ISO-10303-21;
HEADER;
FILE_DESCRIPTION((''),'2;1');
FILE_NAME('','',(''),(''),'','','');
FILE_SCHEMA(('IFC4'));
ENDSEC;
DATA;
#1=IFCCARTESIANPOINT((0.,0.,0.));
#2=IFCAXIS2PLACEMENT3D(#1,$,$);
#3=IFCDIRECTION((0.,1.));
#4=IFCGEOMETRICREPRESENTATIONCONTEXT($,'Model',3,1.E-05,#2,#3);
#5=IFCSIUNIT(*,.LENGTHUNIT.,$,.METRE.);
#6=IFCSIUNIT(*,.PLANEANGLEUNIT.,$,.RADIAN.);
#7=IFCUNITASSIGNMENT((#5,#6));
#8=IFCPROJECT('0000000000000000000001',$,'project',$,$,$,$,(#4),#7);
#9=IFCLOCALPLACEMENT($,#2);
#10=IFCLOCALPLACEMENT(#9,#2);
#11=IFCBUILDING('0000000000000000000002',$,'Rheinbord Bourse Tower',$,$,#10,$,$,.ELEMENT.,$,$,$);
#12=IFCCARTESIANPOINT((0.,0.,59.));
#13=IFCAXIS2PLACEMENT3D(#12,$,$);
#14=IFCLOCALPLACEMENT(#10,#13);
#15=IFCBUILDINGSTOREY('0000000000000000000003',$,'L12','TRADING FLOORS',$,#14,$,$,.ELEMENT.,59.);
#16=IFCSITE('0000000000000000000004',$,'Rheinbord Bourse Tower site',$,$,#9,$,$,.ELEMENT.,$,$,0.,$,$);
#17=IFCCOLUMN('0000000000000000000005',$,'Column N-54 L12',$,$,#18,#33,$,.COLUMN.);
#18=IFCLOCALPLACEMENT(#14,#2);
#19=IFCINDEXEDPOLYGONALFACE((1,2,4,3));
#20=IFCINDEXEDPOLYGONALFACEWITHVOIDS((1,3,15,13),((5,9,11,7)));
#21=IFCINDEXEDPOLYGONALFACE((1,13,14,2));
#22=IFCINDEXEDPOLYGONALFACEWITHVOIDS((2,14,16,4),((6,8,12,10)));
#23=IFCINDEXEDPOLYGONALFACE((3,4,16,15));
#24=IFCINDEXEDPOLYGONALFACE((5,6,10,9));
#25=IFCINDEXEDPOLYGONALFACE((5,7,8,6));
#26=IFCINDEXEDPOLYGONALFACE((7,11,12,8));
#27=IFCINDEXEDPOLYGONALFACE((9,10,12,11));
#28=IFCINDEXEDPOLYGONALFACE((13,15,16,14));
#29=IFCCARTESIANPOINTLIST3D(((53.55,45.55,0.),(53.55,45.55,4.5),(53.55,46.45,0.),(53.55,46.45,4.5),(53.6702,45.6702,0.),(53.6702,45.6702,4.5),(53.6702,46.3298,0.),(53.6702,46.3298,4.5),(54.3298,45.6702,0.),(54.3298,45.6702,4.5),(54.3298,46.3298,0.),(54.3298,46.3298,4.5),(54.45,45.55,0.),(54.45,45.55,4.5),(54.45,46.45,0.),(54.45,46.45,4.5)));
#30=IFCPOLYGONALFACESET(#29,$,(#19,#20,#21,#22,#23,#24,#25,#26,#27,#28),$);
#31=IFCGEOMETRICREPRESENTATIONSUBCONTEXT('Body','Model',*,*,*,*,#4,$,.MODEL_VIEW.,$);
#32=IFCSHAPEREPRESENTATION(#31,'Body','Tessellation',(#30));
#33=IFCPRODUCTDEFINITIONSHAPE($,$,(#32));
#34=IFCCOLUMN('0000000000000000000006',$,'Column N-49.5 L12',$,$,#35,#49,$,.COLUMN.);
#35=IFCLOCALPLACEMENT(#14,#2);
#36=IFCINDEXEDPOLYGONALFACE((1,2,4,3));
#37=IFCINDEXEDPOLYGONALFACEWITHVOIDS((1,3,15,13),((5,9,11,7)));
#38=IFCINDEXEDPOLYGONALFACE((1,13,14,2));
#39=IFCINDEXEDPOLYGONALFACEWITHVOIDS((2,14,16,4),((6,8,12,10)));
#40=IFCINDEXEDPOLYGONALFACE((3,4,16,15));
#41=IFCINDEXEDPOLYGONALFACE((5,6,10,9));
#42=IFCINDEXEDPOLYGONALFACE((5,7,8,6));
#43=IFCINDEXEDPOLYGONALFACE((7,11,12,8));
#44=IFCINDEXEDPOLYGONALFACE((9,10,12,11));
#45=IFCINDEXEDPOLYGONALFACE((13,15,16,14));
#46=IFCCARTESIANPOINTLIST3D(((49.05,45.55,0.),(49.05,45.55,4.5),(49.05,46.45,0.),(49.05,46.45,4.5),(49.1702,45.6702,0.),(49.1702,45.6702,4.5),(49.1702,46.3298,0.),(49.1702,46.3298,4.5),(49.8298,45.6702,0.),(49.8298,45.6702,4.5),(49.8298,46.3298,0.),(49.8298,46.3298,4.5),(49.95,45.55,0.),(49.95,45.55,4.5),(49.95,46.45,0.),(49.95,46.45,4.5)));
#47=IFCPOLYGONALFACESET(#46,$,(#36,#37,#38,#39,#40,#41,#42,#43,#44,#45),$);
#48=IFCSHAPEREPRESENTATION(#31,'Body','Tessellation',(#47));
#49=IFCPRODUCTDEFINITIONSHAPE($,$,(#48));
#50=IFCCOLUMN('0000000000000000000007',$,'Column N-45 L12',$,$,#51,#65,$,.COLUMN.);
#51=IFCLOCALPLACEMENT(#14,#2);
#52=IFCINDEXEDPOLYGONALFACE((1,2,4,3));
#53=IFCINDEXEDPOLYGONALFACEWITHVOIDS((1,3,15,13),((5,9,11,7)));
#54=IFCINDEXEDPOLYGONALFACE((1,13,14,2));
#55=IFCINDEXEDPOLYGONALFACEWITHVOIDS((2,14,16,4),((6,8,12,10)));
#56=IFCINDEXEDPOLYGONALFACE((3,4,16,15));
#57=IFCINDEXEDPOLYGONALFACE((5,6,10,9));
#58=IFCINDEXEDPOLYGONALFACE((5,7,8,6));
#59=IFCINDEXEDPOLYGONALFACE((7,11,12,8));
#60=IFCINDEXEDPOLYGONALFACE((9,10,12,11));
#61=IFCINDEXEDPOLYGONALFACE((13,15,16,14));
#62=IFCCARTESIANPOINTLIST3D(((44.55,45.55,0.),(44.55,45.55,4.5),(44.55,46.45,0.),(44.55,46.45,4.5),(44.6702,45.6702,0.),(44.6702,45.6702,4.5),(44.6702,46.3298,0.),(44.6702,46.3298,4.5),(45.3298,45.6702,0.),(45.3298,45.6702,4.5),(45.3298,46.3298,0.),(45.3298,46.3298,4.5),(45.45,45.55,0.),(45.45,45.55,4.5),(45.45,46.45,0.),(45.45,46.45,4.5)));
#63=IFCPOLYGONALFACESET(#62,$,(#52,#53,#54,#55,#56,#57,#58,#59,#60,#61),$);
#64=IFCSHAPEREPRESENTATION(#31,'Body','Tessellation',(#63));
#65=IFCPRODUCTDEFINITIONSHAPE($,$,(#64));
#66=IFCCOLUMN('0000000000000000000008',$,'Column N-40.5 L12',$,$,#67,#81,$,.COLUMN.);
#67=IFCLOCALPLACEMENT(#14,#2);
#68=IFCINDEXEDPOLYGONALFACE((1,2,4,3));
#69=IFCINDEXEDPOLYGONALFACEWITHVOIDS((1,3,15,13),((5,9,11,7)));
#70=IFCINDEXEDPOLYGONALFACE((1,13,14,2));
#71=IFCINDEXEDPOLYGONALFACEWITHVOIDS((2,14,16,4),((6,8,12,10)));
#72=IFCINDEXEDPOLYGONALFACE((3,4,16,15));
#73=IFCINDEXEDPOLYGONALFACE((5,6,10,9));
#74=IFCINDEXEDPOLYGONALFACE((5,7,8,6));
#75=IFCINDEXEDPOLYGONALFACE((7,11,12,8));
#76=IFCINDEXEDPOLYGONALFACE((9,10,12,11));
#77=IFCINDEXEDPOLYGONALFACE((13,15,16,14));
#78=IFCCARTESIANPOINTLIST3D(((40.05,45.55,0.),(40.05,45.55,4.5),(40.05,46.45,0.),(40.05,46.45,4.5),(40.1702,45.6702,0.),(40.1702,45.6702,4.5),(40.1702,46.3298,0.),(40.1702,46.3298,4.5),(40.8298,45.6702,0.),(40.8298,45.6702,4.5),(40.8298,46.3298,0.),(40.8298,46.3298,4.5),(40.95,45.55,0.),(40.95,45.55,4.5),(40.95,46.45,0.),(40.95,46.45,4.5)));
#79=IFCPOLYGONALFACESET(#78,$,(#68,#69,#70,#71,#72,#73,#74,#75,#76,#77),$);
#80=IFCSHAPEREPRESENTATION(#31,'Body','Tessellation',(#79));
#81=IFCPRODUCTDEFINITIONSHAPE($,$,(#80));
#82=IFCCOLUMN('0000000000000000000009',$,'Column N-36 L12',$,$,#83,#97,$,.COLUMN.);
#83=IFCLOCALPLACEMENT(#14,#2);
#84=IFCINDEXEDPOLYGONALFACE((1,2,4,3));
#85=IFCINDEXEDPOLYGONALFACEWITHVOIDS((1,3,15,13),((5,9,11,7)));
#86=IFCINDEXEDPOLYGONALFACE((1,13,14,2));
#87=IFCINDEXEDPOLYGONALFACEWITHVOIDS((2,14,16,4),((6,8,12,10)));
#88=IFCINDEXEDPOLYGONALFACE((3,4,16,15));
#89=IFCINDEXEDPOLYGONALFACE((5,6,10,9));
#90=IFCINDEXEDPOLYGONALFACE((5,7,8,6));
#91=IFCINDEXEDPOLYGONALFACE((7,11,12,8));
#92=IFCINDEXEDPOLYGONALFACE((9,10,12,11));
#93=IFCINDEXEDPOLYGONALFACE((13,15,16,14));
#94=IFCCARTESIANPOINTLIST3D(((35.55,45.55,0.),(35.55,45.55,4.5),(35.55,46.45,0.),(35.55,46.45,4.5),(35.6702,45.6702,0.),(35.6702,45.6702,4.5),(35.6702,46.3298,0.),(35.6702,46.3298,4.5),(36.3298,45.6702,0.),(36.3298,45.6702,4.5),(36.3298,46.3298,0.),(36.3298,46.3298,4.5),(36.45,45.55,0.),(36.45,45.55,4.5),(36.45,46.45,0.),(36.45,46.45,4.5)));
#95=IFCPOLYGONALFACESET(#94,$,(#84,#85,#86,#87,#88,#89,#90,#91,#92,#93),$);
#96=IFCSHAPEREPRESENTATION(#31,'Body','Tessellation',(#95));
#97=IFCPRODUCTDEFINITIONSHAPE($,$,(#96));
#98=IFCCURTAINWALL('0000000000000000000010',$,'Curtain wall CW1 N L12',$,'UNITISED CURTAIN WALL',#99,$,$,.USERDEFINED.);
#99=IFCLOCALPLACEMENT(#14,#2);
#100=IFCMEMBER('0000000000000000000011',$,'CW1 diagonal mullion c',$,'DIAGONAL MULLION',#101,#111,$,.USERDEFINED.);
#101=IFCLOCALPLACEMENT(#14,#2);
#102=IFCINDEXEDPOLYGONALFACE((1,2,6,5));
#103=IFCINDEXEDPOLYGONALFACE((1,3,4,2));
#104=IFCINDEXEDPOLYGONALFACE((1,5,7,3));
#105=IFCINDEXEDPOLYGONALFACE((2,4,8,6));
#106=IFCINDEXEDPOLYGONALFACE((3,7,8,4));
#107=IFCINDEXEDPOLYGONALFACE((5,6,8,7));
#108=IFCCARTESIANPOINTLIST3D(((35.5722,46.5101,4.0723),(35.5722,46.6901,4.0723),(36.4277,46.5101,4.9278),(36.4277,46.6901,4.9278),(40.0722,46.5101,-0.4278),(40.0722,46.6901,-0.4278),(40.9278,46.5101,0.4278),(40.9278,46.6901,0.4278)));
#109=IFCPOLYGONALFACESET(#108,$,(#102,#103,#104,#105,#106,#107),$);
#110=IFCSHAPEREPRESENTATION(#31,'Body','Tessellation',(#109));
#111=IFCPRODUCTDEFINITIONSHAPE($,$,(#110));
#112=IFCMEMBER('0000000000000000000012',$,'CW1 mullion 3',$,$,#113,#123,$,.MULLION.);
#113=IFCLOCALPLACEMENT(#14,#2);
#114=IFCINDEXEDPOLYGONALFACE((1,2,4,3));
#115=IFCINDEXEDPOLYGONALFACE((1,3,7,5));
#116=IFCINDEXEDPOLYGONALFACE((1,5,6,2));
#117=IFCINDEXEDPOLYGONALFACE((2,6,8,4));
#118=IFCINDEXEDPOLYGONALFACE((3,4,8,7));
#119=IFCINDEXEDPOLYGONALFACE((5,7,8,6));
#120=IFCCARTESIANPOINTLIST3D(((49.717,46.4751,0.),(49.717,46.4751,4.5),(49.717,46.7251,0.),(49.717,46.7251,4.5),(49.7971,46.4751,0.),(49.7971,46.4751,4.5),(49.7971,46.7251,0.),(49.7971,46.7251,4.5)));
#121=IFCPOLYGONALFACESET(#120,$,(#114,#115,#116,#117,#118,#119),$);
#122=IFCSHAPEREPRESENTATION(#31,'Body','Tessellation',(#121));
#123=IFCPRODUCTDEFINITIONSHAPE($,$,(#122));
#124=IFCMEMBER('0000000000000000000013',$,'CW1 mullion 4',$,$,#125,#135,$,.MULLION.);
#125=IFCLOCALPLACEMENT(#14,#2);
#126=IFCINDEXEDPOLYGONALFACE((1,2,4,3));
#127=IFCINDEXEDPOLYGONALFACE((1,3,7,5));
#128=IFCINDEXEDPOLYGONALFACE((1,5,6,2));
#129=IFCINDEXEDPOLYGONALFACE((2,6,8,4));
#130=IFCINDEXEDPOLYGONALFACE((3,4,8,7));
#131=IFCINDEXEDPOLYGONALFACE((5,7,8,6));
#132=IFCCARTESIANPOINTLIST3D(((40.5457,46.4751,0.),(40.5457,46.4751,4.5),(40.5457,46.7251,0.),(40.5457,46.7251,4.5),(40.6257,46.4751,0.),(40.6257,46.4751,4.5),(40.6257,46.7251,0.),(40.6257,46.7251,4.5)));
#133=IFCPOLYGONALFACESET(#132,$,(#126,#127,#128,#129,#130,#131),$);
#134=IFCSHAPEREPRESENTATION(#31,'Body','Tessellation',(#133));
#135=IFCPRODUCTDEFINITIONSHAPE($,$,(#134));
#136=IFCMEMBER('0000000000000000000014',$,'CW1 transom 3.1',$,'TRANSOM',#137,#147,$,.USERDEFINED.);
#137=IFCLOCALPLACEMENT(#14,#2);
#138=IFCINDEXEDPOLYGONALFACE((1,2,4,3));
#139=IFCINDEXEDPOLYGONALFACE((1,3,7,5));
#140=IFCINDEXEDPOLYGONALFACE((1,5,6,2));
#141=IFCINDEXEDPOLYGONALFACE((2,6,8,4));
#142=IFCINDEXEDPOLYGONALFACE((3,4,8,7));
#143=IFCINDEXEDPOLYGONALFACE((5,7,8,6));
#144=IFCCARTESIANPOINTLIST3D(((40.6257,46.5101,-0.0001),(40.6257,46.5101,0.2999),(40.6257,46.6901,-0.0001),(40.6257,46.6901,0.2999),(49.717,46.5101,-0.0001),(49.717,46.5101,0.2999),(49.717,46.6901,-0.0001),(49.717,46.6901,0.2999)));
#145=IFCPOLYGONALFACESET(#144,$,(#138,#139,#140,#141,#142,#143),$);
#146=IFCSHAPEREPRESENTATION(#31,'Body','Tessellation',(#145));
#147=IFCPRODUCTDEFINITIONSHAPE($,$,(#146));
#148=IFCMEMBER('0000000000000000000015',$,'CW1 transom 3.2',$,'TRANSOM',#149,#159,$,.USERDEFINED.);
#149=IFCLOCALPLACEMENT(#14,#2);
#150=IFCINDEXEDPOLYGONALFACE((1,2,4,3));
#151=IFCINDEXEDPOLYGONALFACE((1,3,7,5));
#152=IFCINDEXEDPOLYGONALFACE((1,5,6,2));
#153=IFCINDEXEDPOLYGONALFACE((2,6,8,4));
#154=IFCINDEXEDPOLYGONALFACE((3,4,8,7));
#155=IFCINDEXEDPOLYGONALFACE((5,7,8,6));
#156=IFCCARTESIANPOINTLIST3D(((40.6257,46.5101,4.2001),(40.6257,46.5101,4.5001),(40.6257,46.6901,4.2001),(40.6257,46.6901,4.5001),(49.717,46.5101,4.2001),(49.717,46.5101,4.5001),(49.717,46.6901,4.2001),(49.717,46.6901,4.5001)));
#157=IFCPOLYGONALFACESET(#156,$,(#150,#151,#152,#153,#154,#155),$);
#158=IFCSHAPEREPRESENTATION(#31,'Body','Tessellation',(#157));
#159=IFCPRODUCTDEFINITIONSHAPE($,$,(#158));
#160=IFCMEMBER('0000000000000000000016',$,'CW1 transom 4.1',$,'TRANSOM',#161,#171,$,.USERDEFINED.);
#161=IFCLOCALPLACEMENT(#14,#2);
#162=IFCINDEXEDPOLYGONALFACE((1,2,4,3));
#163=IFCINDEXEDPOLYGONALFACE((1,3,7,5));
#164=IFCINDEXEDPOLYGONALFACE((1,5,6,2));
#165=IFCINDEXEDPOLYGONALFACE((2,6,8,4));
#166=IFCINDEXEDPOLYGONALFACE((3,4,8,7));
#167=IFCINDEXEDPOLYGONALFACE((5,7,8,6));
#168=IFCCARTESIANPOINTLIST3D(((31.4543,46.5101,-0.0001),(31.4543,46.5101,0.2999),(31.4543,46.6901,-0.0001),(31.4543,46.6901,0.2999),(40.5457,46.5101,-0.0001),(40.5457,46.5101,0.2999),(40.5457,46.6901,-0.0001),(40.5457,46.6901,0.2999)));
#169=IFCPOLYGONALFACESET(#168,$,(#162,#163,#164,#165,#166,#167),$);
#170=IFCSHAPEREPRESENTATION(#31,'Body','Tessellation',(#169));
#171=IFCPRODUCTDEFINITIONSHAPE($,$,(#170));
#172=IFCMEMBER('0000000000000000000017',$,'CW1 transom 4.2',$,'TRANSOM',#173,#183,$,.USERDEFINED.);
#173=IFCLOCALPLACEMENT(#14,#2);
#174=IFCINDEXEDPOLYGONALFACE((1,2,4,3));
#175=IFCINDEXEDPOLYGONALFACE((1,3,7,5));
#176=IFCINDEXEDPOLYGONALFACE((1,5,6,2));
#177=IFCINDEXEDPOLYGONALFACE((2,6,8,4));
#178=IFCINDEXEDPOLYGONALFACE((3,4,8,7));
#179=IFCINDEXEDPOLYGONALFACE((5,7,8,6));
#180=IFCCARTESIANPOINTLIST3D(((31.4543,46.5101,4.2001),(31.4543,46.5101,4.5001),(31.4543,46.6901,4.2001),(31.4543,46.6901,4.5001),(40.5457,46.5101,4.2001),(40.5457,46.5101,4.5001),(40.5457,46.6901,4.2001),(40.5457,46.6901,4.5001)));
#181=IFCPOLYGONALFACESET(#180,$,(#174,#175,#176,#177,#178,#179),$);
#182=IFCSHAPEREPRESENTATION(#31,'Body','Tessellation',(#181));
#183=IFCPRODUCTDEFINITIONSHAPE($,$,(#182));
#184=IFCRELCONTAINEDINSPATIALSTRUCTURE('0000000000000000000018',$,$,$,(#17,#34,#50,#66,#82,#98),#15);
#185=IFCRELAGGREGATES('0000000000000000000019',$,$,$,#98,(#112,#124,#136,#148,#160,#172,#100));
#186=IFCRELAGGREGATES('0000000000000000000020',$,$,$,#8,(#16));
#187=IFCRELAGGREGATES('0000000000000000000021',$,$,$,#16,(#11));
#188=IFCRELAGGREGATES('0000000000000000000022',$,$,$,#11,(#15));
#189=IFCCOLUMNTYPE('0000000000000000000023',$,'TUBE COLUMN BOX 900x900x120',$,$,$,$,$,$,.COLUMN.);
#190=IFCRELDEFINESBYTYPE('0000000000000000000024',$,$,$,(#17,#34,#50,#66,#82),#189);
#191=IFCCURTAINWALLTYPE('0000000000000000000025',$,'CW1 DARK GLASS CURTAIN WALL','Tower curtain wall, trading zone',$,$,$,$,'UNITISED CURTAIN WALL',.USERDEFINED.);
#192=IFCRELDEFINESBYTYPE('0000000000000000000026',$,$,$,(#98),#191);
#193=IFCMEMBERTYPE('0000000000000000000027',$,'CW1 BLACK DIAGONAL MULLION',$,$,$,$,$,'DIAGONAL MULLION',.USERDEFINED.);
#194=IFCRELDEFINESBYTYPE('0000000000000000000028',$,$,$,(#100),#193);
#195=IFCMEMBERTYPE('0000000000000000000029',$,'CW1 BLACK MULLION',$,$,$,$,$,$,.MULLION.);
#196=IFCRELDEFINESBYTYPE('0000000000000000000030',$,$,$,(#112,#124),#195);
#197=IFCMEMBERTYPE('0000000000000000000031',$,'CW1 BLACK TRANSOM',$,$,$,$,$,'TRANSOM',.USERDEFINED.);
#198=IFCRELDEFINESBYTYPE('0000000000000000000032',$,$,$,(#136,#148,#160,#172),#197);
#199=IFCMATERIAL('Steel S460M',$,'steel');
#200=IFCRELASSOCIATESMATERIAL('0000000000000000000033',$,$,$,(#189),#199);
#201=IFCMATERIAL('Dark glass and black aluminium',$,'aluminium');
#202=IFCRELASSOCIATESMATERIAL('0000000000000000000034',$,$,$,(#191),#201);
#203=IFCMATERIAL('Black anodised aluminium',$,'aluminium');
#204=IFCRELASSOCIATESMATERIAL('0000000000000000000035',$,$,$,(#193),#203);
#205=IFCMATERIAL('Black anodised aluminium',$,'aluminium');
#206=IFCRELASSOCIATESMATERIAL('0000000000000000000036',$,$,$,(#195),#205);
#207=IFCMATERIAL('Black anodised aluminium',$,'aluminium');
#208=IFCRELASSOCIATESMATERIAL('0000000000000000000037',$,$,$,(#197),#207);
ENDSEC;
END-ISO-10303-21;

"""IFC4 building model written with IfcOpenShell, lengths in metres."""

from ifc_helpers import new_model, si_unit, direction, frame, origin, origin_2d, place, context, subcontext, project, spatial, rectangle, hollow_rectangle, extrude, material, material_profile, profile_set, type_object, element, aggregate, save


model = new_model("IFC4")

# Units and contexts
model_context = context("Model", 3, precision=1e-05, world=origin(), true_north=direction((0.0, 1.0)))
body_context = subcontext(model_context, "Body", "Model", "MODEL_VIEW")
ifc_project = project(units=[si_unit("LENGTHUNIT", "METRE"), si_unit("PLANEANGLEUNIT", "RADIAN")], contexts=[model_context])

# Site, building, storey
site_placement = place(None, origin())
site = spatial("IfcSite", under=ifc_project, at=site_placement, Name="Rheinbord Bourse Tower site", CompositionType="ELEMENT", RefElevation=0.0)
building_placement = place(site_placement, origin())
building = spatial("IfcBuilding", under=site, at=building_placement, Name="Rheinbord Bourse Tower", CompositionType="ELEMENT")
storey_placement = place(building_placement, frame((0.0, 0.0, 59.0)))
storey = spatial("IfcBuildingStorey", under=building, at=storey_placement, Name="L12", Description="TRADING FLOORS", CompositionType="ELEMENT", Elevation=59.0)

# Columns
ifc_material_1 = material(Name="Steel S460M", Category="steel")
ifc_material_profile_1 = material_profile(ifc_material_1, hollow_rectangle(XDim=0.8999, YDim=0.8999, WallThickness=0.1201, at=origin_2d()), Name="BOX 900x900x120")
ifc_profile_set_1 = profile_set([ifc_material_profile_1], Name="Steel S460M")
column_type = type_object("IfcColumnType", Name="TUBE COLUMN BOX 900x900x120", PredefinedType="COLUMN", material=ifc_profile_set_1)
for number, where, z_axis, x_axis, name in (
    (1, (54.0, 46.0, 0.0), (0.0, 0.0, 1.0), (0.0, 1.0, 0.0), "Column N-54 L12"),
    (2, (49.5, 46.0, 0.0), (0.0, 0.0, 1.0), (0.0, 1.0, 0.0), "Column N-49.5 L12"),
    (3, (45.0, 46.0, 0.0), (0.0, 0.0, 1.0), (0.0, 1.0, 0.0), "Column N-45 L12"),
    (4, (40.5, 46.0, 0.0), (0.0, 0.0, 1.0), (0.0, 1.0, 0.0), "Column N-40.5 L12"),
    (5, (36.0, 46.0, 0.0), (0.0, 0.0, 1.0), (0.0, 1.0, 0.0), "Column N-36 L12"),
):
    element("IfcColumn", number, at=place(storey_placement, frame(where, z_axis=z_axis, x_axis=x_axis)), inside=storey, type_object=column_type, Name=name, PredefinedType="COLUMN", context=body_context, shape_type="SweptSolid", body=[
        extrude(hollow_rectangle(XDim=0.8999, YDim=0.8999, WallThickness=0.1201, at=origin_2d()), origin(), (0.0, 0.0, 1.0), 4.5),
    ])

# Curtain wall, members
ifc_material_2 = material(Name="Dark glass and black aluminium", Category="aluminium")
curtain_wall_type = type_object("IfcCurtainWallType", Name="CW1 DARK GLASS CURTAIN WALL", Description="Tower curtain wall, trading zone", ElementType="UNITISED CURTAIN WALL", PredefinedType="USERDEFINED", material=ifc_material_2)
curtain_wall_placement = place(storey_placement, origin())
curtain_wall = element("IfcCurtainWall", 6, at=curtain_wall_placement, inside=storey, type_object=curtain_wall_type, Name="Curtain wall CW1 N L12", ObjectType="UNITISED CURTAIN WALL", PredefinedType="USERDEFINED")
ifc_material_3 = material(Name="Black anodised aluminium", Category="aluminium")
ifc_material_profile_2 = material_profile(ifc_material_3, rectangle(XDim=0.1799, YDim=1.21, at=origin_2d()), Name="CW1 DIAGONAL MULLION 1210x180")
ifc_profile_set_2 = profile_set([ifc_material_profile_2], Name="Black anodised aluminium")
member_type_1 = type_object("IfcMemberType", Name="CW1 BLACK DIAGONAL MULLION", ElementType="DIAGONAL MULLION", PredefinedType="USERDEFINED", material=ifc_profile_set_2)
member_1_placement = place(storey_placement, frame((40.5, 46.6001, 0.0), z_axis=(-0.707107, 0.0, 0.707107), x_axis=(0.0, -1.0, 0.0)))
member_1 = element("IfcMember", 7, at=member_1_placement, type_object=member_type_1, Name="CW1 diagonal mullion c", ObjectType="DIAGONAL MULLION", PredefinedType="USERDEFINED", context=body_context, shape_type="SweptSolid", body=[
    extrude(rectangle(XDim=0.1799, YDim=1.21, at=origin_2d()), origin(), (0.0, 0.0, 1.0), 6.364),
])
ifc_material_4 = material(Name="Black anodised aluminium", Category="aluminium")
ifc_material_profile_3 = material_profile(ifc_material_4, rectangle(XDim=0.25, YDim=0.0801, at=origin_2d()), Name="CW1 MULLION 80x250")
ifc_profile_set_3 = profile_set([ifc_material_profile_3], Name="Black anodised aluminium")
member_type_2 = type_object("IfcMemberType", Name="CW1 BLACK MULLION", PredefinedType="MULLION", material=ifc_profile_set_3)
member_2_placement = place(storey_placement, frame((49.7571, 46.6001, 0.0), z_axis=(0.0, 0.0, 1.0), x_axis=(0.0, -1.0, 0.0)))
member_2 = element("IfcMember", 8, at=member_2_placement, type_object=member_type_2, Name="CW1 mullion 3", PredefinedType="MULLION", context=body_context, shape_type="SweptSolid", body=[
    extrude(rectangle(XDim=0.25, YDim=0.0801, at=origin_2d()), origin(), (0.0, 0.0, 1.0), 4.5),
])
member_3_placement = place(storey_placement, frame((40.5857, 46.6001, 0.0), z_axis=(0.0, 0.0, 1.0), x_axis=(0.0, -1.0, 0.0)))
member_3 = element("IfcMember", 9, at=member_3_placement, type_object=member_type_2, Name="CW1 mullion 4", PredefinedType="MULLION", context=body_context, shape_type="SweptSolid", body=[
    extrude(rectangle(XDim=0.25, YDim=0.0801, at=origin_2d()), origin(), (0.0, 0.0, 1.0), 4.5),
])
ifc_material_5 = material(Name="Black anodised aluminium", Category="aluminium")
ifc_material_profile_4 = material_profile(ifc_material_5, rectangle(XDim=0.1799, YDim=0.3, at=origin_2d()), Name="CW1 TRANSOM 300x180")
ifc_profile_set_4 = profile_set([ifc_material_profile_4], Name="Black anodised aluminium")
member_type_3 = type_object("IfcMemberType", Name="CW1 BLACK TRANSOM", ElementType="TRANSOM", PredefinedType="USERDEFINED", material=ifc_profile_set_4)
member_4_placement = place(storey_placement, frame((49.717, 46.6001, 0.1499), z_axis=(-1.0, 0.0, 0.0), x_axis=(0.0, -1.0, 0.0)))
member_4 = element("IfcMember", 10, at=member_4_placement, type_object=member_type_3, Name="CW1 transom 3.1", ObjectType="TRANSOM", PredefinedType="USERDEFINED", context=body_context, shape_type="SweptSolid", body=[
    extrude(rectangle(XDim=0.1799, YDim=0.3, at=origin_2d()), origin(), (0.0, 0.0, 1.0), 9.0913),
])
member_5_placement = place(storey_placement, frame((49.717, 46.6001, 4.3501), z_axis=(-1.0, 0.0, 0.0), x_axis=(0.0, -1.0, 0.0)))
member_5 = element("IfcMember", 11, at=member_5_placement, type_object=member_type_3, Name="CW1 transom 3.2", ObjectType="TRANSOM", PredefinedType="USERDEFINED", context=body_context, shape_type="SweptSolid", body=[
    extrude(rectangle(XDim=0.1799, YDim=0.3, at=origin_2d()), origin(), (0.0, 0.0, 1.0), 9.0913),
])
member_6_placement = place(storey_placement, frame((40.5457, 46.6001, 0.1499), z_axis=(-1.0, 0.0, 0.0), x_axis=(0.0, -1.0, 0.0)))
member_6 = element("IfcMember", 12, at=member_6_placement, type_object=member_type_3, Name="CW1 transom 4.1", ObjectType="TRANSOM", PredefinedType="USERDEFINED", context=body_context, shape_type="SweptSolid", body=[
    extrude(rectangle(XDim=0.1799, YDim=0.3, at=origin_2d()), origin(), (0.0, 0.0, 1.0), 9.0913),
])
member_7_placement = place(storey_placement, frame((40.5457, 46.6001, 4.3501), z_axis=(-1.0, 0.0, 0.0), x_axis=(0.0, -1.0, 0.0)))
member_7 = element("IfcMember", 13, at=member_7_placement, type_object=member_type_3, Name="CW1 transom 4.2", ObjectType="TRANSOM", PredefinedType="USERDEFINED", context=body_context, shape_type="SweptSolid", body=[
    extrude(rectangle(XDim=0.1799, YDim=0.3, at=origin_2d()), origin(), (0.0, 0.0, 1.0), 9.0913),
])

aggregate(curtain_wall, [member_2, member_3, member_4, member_5, member_6, member_7, member_1])

save(model, "model.ifc")
